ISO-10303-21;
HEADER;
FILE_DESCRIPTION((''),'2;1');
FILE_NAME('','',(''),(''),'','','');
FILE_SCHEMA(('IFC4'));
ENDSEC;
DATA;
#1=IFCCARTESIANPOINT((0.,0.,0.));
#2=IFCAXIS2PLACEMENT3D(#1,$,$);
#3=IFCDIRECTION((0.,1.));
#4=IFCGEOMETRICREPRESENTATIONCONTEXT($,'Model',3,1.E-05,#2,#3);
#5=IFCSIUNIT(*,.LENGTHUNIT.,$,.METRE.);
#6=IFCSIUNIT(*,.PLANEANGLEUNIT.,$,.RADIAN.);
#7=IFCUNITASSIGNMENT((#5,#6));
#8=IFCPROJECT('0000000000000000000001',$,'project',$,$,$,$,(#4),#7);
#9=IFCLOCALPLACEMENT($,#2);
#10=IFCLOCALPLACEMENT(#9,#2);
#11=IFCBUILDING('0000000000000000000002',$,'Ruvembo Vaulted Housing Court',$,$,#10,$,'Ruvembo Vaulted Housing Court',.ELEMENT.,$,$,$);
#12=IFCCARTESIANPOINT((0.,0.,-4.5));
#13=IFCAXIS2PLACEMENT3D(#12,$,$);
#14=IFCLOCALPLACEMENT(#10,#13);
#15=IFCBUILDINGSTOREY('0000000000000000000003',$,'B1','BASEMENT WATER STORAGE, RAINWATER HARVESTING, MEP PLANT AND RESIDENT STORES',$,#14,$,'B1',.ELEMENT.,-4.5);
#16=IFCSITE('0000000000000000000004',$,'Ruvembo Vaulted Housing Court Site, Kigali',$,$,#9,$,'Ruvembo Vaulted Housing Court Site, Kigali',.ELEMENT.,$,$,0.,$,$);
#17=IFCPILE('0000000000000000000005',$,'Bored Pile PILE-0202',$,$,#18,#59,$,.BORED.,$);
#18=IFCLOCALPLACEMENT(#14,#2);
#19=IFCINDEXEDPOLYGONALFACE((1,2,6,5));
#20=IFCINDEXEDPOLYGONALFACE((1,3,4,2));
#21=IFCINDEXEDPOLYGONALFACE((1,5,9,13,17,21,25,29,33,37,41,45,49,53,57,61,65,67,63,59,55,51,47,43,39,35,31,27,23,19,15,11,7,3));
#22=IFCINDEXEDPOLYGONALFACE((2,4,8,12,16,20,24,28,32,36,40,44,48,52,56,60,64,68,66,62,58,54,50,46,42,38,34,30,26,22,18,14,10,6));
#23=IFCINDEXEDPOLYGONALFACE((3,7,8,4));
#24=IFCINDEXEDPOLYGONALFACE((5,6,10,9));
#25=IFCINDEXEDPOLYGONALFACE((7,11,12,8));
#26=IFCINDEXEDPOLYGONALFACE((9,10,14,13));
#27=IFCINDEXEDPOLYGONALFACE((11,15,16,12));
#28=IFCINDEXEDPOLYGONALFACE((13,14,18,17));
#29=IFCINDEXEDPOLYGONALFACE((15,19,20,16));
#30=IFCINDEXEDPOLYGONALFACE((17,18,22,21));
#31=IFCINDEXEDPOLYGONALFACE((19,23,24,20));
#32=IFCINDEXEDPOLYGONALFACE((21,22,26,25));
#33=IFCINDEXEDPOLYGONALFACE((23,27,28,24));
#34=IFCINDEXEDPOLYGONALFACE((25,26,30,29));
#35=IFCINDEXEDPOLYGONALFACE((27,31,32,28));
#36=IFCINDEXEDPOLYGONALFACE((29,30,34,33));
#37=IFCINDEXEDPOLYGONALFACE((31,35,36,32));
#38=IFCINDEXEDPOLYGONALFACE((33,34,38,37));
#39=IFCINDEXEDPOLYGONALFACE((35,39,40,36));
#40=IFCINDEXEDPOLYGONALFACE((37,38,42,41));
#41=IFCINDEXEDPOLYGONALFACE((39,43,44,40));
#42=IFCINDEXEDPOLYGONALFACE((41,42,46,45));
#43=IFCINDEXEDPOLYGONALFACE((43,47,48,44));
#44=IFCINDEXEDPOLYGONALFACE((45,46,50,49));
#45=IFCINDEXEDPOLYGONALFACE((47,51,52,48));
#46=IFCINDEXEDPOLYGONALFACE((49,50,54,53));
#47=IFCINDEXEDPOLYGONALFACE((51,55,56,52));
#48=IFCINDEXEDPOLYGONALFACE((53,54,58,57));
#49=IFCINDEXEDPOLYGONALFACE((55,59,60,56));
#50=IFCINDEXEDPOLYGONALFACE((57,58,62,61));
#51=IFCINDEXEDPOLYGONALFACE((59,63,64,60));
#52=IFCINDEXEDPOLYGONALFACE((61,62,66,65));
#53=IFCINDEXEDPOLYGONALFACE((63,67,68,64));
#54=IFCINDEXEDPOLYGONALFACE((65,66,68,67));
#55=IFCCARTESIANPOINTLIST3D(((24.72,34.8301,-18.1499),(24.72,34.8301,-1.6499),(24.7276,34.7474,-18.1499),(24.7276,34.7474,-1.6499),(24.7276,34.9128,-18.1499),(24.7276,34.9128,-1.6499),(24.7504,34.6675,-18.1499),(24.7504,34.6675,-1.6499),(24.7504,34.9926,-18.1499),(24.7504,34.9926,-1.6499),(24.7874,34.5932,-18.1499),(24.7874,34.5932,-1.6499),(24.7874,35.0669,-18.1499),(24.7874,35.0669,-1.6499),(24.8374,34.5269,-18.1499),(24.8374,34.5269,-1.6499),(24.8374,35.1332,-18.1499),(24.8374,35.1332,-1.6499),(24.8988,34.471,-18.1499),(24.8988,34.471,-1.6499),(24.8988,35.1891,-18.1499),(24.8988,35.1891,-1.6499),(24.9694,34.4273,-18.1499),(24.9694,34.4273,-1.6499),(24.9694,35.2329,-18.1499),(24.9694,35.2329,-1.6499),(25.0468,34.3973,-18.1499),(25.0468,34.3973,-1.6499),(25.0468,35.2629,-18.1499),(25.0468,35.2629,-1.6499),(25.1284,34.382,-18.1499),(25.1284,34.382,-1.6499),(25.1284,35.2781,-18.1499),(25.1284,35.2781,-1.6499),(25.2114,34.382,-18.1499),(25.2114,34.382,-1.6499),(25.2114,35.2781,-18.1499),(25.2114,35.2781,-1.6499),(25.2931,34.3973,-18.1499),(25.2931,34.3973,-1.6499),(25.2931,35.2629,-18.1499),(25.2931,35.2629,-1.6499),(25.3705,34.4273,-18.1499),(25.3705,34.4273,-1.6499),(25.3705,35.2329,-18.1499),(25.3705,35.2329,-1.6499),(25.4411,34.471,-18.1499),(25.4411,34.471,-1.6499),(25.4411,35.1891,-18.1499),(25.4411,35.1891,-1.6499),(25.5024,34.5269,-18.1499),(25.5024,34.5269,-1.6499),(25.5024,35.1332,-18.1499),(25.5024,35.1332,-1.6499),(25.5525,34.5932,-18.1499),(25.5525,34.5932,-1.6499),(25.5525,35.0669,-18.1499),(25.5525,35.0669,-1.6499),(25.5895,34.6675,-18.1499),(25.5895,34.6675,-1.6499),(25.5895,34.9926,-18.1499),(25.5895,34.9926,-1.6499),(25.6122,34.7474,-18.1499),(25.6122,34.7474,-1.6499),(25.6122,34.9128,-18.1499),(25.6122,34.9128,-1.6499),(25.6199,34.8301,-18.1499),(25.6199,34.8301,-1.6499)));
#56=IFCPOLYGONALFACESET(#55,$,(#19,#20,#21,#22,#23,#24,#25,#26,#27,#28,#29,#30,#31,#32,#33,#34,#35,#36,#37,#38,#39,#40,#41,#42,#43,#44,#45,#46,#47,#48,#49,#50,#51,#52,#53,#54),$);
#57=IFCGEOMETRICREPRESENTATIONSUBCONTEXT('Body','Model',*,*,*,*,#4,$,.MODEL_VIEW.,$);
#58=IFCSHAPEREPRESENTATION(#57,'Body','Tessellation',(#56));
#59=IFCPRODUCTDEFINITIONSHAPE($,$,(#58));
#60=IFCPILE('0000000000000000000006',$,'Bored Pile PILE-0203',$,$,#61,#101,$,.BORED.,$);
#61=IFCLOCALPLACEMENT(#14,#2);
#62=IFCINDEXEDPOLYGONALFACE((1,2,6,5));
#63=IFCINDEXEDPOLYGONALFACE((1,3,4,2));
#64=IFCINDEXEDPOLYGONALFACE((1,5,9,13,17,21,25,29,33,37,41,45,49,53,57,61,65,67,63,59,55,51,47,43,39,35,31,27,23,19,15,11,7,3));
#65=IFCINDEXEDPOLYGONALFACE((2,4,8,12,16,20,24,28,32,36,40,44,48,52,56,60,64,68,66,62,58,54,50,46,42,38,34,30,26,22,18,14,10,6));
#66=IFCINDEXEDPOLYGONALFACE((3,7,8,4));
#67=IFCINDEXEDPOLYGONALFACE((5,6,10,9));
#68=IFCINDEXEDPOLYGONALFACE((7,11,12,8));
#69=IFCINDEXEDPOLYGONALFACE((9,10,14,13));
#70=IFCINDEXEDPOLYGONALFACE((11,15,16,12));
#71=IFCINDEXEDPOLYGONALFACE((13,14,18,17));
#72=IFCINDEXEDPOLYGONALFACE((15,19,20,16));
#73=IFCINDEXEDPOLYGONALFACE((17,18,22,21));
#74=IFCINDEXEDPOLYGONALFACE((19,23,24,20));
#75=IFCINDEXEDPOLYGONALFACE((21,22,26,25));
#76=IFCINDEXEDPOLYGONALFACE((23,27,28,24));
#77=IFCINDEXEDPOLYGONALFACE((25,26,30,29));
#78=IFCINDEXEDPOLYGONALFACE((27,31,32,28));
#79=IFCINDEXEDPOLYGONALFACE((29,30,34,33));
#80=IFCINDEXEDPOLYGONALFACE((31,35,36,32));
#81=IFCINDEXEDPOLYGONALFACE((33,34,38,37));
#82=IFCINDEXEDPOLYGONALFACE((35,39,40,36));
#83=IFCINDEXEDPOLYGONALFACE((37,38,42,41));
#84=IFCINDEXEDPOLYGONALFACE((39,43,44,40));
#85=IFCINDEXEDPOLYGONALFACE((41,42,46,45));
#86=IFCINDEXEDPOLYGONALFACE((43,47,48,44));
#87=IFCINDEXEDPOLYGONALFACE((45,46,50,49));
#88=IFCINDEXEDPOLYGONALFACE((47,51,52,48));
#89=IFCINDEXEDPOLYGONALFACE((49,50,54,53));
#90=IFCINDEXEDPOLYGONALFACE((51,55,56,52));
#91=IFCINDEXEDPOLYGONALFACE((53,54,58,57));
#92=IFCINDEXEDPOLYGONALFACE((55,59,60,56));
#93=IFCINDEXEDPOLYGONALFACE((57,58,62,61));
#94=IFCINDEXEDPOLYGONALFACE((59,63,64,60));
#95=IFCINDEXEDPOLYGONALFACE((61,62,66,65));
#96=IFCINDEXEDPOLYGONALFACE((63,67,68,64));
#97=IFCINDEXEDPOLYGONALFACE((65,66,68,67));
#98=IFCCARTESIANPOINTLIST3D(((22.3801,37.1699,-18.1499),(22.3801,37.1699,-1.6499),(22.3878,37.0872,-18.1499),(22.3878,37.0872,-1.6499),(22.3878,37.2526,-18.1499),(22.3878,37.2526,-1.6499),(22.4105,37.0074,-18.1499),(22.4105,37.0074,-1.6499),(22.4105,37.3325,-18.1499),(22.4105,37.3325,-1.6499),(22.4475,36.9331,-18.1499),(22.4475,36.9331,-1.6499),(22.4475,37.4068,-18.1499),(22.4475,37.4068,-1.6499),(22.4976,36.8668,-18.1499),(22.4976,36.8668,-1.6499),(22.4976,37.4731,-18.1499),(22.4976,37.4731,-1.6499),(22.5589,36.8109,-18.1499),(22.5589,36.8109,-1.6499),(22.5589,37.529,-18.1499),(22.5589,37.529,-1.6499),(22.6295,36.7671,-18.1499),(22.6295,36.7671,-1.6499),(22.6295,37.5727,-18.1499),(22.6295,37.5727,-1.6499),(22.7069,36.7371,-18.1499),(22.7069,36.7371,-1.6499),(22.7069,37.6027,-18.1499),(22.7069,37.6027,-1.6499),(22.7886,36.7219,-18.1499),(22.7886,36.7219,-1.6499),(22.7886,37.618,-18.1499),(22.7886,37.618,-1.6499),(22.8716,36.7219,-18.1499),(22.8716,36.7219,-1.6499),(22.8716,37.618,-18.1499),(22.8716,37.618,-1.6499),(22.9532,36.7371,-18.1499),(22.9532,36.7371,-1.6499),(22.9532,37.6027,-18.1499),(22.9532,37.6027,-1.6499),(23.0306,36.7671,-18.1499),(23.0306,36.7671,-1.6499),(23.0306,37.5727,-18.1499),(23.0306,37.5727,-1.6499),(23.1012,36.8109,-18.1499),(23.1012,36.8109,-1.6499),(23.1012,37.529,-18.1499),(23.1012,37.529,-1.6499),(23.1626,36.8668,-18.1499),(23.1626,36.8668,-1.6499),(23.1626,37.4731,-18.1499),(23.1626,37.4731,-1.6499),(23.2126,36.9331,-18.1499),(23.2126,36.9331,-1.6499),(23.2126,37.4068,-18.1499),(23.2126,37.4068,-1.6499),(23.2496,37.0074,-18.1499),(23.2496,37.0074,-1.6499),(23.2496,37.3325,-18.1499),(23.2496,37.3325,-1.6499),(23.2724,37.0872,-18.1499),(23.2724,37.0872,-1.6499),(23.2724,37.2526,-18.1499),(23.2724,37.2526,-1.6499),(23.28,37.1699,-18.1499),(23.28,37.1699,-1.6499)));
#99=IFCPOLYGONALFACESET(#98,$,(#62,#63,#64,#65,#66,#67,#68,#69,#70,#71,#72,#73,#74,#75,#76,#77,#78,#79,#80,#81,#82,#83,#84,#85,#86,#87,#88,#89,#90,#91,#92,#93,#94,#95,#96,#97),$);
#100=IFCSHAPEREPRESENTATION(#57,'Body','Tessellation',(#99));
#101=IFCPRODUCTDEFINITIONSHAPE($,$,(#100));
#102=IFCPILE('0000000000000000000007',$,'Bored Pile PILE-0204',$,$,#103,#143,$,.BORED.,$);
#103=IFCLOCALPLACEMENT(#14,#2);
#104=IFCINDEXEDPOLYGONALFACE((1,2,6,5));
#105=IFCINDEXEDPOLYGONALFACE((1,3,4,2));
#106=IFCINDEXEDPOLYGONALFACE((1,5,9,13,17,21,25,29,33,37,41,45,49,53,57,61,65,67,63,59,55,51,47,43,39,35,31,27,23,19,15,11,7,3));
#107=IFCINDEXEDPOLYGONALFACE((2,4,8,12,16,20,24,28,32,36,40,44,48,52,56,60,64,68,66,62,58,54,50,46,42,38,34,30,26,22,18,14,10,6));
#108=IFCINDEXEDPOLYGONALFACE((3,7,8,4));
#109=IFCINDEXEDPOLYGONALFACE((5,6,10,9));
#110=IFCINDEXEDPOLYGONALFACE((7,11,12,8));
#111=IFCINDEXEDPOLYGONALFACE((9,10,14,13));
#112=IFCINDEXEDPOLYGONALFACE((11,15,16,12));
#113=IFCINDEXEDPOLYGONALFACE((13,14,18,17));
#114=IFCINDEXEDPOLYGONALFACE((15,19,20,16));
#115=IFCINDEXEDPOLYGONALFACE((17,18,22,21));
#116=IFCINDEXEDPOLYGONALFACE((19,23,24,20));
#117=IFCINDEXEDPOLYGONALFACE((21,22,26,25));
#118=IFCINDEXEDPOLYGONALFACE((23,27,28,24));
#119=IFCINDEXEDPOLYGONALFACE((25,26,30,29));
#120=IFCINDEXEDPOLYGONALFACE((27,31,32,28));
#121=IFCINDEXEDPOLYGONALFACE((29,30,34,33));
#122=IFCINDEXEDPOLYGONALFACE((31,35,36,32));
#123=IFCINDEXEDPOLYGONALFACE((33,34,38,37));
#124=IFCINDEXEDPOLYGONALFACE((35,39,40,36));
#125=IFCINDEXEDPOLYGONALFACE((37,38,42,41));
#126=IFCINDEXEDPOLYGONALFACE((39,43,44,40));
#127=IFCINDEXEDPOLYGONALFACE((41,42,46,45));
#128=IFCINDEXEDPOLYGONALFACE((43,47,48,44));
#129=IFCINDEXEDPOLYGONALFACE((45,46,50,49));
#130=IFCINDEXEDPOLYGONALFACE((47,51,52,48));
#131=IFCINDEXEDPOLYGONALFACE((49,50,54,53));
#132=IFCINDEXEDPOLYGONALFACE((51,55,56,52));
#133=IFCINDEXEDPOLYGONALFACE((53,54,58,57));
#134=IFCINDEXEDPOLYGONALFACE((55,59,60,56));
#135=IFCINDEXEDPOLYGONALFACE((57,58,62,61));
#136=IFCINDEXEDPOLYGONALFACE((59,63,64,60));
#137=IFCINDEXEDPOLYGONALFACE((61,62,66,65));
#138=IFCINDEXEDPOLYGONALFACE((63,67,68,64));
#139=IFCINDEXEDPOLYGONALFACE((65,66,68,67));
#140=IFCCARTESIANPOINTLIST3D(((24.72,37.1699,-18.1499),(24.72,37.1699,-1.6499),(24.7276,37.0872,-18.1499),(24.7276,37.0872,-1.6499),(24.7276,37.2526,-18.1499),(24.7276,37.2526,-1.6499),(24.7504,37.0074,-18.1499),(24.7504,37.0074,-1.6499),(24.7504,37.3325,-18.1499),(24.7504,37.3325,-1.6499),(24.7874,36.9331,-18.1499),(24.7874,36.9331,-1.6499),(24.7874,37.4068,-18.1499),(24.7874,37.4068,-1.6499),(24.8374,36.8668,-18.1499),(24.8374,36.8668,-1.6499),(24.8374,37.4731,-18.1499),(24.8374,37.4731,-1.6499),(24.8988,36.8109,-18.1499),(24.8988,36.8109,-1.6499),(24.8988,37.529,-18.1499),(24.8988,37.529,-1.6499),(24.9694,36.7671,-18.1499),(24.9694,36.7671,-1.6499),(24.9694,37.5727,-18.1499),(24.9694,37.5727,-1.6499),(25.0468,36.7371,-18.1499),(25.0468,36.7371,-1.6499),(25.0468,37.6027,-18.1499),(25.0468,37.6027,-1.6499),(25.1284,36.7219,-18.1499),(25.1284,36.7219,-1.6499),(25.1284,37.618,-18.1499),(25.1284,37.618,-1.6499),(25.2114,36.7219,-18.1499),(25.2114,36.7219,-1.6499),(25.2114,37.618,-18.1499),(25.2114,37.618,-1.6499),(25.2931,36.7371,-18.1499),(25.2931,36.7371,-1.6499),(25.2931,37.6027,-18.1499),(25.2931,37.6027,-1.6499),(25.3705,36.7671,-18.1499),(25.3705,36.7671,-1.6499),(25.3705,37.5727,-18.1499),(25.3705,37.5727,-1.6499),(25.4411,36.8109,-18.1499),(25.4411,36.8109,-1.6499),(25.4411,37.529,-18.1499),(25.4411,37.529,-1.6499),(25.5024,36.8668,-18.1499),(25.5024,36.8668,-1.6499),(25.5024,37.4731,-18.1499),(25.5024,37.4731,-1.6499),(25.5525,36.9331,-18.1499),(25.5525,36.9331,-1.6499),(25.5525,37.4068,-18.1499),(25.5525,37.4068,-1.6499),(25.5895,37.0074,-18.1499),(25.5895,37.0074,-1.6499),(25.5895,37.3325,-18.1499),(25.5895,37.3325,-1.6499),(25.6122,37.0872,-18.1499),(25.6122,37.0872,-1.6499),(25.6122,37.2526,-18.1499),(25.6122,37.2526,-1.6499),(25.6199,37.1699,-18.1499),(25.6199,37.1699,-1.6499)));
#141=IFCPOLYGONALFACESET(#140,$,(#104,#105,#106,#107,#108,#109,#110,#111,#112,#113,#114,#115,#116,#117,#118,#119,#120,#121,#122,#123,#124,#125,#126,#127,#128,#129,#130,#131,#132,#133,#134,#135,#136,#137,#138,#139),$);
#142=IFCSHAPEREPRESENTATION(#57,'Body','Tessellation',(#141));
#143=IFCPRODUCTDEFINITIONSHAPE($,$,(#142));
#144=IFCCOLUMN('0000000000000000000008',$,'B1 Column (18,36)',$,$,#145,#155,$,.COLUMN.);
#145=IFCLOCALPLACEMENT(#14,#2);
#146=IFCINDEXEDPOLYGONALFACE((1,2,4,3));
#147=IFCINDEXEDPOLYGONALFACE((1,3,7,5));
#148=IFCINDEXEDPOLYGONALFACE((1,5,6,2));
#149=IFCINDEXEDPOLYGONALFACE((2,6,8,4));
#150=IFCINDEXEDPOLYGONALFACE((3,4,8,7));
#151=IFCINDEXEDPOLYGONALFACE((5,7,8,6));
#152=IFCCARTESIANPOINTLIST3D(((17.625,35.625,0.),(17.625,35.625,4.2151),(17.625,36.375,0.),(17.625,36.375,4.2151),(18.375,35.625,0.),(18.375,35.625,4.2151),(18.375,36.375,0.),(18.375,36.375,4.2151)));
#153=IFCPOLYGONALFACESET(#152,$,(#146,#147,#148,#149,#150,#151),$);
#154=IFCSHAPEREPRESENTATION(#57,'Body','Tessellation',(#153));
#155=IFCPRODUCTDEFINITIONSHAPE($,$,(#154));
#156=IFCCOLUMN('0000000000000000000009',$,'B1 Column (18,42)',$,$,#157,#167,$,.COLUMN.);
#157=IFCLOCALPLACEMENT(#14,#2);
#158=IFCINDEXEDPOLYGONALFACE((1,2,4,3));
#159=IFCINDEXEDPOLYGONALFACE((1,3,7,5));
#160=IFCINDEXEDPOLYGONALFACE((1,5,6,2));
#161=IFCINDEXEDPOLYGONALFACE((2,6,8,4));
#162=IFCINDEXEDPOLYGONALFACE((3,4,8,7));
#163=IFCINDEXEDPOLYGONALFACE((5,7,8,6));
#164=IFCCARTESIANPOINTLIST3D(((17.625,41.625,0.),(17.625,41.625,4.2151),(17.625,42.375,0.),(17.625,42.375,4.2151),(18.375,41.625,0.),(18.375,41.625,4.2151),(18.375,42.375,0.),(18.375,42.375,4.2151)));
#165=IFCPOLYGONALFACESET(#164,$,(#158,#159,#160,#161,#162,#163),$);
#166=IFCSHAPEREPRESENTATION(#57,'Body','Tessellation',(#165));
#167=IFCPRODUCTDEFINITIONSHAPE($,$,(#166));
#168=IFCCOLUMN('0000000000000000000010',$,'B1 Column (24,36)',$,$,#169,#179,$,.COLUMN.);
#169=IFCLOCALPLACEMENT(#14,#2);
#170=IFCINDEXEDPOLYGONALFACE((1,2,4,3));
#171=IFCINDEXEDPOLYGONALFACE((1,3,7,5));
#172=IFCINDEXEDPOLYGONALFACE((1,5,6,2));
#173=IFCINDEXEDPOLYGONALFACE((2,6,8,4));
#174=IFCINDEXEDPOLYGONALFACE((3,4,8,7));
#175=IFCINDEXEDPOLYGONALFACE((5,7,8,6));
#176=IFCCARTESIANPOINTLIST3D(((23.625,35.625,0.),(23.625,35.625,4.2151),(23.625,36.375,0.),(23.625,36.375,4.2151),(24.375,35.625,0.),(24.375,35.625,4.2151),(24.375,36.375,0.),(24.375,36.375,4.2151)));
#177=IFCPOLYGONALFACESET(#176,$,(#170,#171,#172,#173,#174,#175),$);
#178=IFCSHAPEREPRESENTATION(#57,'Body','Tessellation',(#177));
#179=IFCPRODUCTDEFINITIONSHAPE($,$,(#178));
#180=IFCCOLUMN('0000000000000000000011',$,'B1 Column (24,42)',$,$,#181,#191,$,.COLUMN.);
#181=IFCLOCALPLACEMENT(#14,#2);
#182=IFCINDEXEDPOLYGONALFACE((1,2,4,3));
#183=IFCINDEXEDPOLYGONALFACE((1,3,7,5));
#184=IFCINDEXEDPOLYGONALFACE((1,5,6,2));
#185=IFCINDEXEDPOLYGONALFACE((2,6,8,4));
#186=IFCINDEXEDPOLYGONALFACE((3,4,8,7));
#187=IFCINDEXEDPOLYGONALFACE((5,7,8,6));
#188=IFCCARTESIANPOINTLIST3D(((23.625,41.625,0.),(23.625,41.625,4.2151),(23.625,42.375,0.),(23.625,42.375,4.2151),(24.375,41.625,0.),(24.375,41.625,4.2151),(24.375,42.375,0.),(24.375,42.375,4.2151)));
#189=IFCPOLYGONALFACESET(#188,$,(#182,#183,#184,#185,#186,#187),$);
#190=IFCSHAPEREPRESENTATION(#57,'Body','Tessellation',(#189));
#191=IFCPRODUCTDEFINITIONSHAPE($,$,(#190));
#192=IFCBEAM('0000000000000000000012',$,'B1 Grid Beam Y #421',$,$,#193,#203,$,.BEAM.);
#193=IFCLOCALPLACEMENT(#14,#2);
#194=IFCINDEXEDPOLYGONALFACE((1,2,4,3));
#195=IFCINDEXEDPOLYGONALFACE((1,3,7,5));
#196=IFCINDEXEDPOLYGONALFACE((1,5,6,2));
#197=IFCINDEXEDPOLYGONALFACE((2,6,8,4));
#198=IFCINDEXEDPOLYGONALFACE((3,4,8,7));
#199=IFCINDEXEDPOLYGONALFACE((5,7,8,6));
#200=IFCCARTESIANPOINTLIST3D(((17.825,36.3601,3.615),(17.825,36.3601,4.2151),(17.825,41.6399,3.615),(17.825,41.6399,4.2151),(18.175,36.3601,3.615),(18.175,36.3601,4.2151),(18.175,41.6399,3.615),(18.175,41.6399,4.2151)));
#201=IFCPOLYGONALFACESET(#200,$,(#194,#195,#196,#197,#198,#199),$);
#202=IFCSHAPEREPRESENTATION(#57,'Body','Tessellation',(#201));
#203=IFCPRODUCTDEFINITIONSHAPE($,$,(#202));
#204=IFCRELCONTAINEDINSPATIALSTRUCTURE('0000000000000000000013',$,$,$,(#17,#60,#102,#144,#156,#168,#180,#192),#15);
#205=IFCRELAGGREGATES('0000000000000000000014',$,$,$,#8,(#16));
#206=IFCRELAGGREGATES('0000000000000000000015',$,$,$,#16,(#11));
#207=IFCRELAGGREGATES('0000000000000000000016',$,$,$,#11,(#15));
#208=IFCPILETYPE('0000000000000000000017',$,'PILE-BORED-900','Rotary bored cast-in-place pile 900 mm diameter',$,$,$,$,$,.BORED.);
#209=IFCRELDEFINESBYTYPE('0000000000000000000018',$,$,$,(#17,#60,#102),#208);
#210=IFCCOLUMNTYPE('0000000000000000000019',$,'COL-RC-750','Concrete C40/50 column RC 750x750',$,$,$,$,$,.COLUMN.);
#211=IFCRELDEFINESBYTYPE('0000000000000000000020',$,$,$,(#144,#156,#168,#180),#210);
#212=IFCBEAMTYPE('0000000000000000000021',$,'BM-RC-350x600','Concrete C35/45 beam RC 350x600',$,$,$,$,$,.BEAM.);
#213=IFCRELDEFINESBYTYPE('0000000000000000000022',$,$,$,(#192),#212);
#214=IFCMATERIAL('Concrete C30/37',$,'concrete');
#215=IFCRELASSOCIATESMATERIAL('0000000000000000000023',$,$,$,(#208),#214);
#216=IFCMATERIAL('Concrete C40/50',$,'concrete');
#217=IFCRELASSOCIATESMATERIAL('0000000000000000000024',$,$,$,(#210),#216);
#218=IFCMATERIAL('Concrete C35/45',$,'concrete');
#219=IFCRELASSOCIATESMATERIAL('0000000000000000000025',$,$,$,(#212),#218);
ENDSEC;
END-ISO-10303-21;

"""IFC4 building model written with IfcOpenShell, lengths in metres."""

from ifc_helpers import new_model, si_unit, direction, frame, origin, origin_2d, place, context, subcontext, project, spatial, rectangle, circle, extrude, material, material_profile, profile_set, type_object, element, save


model = new_model("IFC4")

# Units and contexts
model_context = context("Model", 3, precision=1e-05, world=origin(), true_north=direction((0.0, 1.0)))
body_context = subcontext(model_context, "Body", "Model", "MODEL_VIEW")
ifc_project = project(units=[si_unit("LENGTHUNIT", "METRE"), si_unit("PLANEANGLEUNIT", "RADIAN")], contexts=[model_context])

# Site, building, storey
site_placement = place(None, origin())
site = spatial("IfcSite", under=ifc_project, at=site_placement, Name="Ruvembo Vaulted Housing Court Site, Kigali", LongName="Ruvembo Vaulted Housing Court Site, Kigali", CompositionType="ELEMENT", RefElevation=0.0)
building_placement = place(site_placement, origin())
building = spatial("IfcBuilding", under=site, at=building_placement, Name="Ruvembo Vaulted Housing Court", LongName="Ruvembo Vaulted Housing Court", CompositionType="ELEMENT")
storey_placement = place(building_placement, frame((0.0, 0.0, -4.5)))
storey = spatial("IfcBuildingStorey", under=building, at=storey_placement, Name="B1", Description="BASEMENT WATER STORAGE, RAINWATER HARVESTING, MEP PLANT AND RESIDENT STORES", LongName="B1", CompositionType="ELEMENT", Elevation=-4.5)

# Shared definitions
ifc_material_1 = material(Name="Concrete C35/45", Category="concrete")

# Piles
ifc_material_2 = material(Name="Concrete C30/37", Category="concrete")
ifc_material_profile_1 = material_profile(ifc_material_2, circle(Radius=0.45, at=origin_2d()), Name="PILE D900")
ifc_profile_set_1 = profile_set([ifc_material_profile_1], Name="Concrete C30/37")
pile_type_1 = type_object("IfcPileType", Name="PILE-BORED-900", Description="Rotary bored cast-in-place pile 900 mm diameter", PredefinedType="BORED", material=ifc_profile_set_1)
for number, where, z_axis, x_axis, name in (
    (1, (25.1699, 34.8301, -1.6499), (0.0, 0.0, -1.0), (1.0, 0.0, 0.0), "Bored Pile PILE-0202"),
    (2, (22.8301, 37.1699, -1.6499), (0.0, 0.0, -1.0), (1.0, 0.0, 0.0), "Bored Pile PILE-0203"),
    (3, (25.1699, 37.1699, -1.6499), (0.0, 0.0, -1.0), (1.0, 0.0, 0.0), "Bored Pile PILE-0204"),
):
    element("IfcPile", number, at=place(storey_placement, frame(where, z_axis=z_axis, x_axis=x_axis)), inside=storey, type_object=pile_type_1, Name=name, PredefinedType="BORED", context=body_context, shape_type="SweptSolid", body=[
        extrude(circle(Radius=0.45, at=origin_2d()), origin(), (0.0, 0.0, 1.0), 16.5),
    ])

# Columns
ifc_material_3 = material(Name="Concrete C40/50", Category="concrete")
ifc_material_profile_2 = material_profile(ifc_material_3, rectangle(XDim=0.75, YDim=0.75, at=origin_2d()), Name="RC 750x750")
ifc_profile_set_2 = profile_set([ifc_material_profile_2], Name="Concrete C40/50")
column_type = type_object("IfcColumnType", Name="COL-RC-750", Description="Concrete C40/50 column RC 750x750", PredefinedType="COLUMN", material=ifc_profile_set_2)
for number, where, z_axis, x_axis, name in (
    (4, (18.0, 36.0, 0.0), (0.0, 0.0, 1.0), (1.0, 0.0, 0.0), "B1 Column (18,36)"),
    (5, (18.0, 42.0, 0.0), (0.0, 0.0, 1.0), (1.0, 0.0, 0.0), "B1 Column (18,42)"),
    (6, (24.0, 36.0, 0.0), (0.0, 0.0, 1.0), (1.0, 0.0, 0.0), "B1 Column (24,36)"),
    (7, (24.0, 42.0, 0.0), (0.0, 0.0, 1.0), (1.0, 0.0, 0.0), "B1 Column (24,42)"),
):
    element("IfcColumn", number, at=place(storey_placement, frame(where, z_axis=z_axis, x_axis=x_axis)), inside=storey, type_object=column_type, Name=name, PredefinedType="COLUMN", context=body_context, shape_type="SweptSolid", body=[
        extrude(rectangle(XDim=0.75, YDim=0.75, at=origin_2d()), origin(), (0.0, 0.0, 1.0), 4.2151),
    ])

# Beam
ifc_material_profile_3 = material_profile(ifc_material_1, rectangle(XDim=0.3501, YDim=0.6001, at=origin_2d()), Name="RC 350x600")
ifc_profile_set_3 = profile_set([ifc_material_profile_3], Name="Concrete C35/45")
beam_type_1 = type_object("IfcBeamType", Name="BM-RC-350x600", Description="Concrete C35/45 beam RC 350x600", PredefinedType="BEAM", material=ifc_profile_set_3)
beam_1_placement = place(storey_placement, frame((18.0, 36.3601, 3.915), z_axis=(0.0, 1.0, 0.0), x_axis=(-1.0, 0.0, 0.0)))
element("IfcBeam", 8, at=beam_1_placement, inside=storey, type_object=beam_type_1, Name="B1 Grid Beam Y #421", PredefinedType="BEAM", context=body_context, shape_type="SweptSolid", body=[
    extrude(rectangle(XDim=0.3501, YDim=0.6001, at=origin_2d()), origin(), (0.0, 0.0, 1.0), 5.2798),
])

save(model, "model.ifc")
